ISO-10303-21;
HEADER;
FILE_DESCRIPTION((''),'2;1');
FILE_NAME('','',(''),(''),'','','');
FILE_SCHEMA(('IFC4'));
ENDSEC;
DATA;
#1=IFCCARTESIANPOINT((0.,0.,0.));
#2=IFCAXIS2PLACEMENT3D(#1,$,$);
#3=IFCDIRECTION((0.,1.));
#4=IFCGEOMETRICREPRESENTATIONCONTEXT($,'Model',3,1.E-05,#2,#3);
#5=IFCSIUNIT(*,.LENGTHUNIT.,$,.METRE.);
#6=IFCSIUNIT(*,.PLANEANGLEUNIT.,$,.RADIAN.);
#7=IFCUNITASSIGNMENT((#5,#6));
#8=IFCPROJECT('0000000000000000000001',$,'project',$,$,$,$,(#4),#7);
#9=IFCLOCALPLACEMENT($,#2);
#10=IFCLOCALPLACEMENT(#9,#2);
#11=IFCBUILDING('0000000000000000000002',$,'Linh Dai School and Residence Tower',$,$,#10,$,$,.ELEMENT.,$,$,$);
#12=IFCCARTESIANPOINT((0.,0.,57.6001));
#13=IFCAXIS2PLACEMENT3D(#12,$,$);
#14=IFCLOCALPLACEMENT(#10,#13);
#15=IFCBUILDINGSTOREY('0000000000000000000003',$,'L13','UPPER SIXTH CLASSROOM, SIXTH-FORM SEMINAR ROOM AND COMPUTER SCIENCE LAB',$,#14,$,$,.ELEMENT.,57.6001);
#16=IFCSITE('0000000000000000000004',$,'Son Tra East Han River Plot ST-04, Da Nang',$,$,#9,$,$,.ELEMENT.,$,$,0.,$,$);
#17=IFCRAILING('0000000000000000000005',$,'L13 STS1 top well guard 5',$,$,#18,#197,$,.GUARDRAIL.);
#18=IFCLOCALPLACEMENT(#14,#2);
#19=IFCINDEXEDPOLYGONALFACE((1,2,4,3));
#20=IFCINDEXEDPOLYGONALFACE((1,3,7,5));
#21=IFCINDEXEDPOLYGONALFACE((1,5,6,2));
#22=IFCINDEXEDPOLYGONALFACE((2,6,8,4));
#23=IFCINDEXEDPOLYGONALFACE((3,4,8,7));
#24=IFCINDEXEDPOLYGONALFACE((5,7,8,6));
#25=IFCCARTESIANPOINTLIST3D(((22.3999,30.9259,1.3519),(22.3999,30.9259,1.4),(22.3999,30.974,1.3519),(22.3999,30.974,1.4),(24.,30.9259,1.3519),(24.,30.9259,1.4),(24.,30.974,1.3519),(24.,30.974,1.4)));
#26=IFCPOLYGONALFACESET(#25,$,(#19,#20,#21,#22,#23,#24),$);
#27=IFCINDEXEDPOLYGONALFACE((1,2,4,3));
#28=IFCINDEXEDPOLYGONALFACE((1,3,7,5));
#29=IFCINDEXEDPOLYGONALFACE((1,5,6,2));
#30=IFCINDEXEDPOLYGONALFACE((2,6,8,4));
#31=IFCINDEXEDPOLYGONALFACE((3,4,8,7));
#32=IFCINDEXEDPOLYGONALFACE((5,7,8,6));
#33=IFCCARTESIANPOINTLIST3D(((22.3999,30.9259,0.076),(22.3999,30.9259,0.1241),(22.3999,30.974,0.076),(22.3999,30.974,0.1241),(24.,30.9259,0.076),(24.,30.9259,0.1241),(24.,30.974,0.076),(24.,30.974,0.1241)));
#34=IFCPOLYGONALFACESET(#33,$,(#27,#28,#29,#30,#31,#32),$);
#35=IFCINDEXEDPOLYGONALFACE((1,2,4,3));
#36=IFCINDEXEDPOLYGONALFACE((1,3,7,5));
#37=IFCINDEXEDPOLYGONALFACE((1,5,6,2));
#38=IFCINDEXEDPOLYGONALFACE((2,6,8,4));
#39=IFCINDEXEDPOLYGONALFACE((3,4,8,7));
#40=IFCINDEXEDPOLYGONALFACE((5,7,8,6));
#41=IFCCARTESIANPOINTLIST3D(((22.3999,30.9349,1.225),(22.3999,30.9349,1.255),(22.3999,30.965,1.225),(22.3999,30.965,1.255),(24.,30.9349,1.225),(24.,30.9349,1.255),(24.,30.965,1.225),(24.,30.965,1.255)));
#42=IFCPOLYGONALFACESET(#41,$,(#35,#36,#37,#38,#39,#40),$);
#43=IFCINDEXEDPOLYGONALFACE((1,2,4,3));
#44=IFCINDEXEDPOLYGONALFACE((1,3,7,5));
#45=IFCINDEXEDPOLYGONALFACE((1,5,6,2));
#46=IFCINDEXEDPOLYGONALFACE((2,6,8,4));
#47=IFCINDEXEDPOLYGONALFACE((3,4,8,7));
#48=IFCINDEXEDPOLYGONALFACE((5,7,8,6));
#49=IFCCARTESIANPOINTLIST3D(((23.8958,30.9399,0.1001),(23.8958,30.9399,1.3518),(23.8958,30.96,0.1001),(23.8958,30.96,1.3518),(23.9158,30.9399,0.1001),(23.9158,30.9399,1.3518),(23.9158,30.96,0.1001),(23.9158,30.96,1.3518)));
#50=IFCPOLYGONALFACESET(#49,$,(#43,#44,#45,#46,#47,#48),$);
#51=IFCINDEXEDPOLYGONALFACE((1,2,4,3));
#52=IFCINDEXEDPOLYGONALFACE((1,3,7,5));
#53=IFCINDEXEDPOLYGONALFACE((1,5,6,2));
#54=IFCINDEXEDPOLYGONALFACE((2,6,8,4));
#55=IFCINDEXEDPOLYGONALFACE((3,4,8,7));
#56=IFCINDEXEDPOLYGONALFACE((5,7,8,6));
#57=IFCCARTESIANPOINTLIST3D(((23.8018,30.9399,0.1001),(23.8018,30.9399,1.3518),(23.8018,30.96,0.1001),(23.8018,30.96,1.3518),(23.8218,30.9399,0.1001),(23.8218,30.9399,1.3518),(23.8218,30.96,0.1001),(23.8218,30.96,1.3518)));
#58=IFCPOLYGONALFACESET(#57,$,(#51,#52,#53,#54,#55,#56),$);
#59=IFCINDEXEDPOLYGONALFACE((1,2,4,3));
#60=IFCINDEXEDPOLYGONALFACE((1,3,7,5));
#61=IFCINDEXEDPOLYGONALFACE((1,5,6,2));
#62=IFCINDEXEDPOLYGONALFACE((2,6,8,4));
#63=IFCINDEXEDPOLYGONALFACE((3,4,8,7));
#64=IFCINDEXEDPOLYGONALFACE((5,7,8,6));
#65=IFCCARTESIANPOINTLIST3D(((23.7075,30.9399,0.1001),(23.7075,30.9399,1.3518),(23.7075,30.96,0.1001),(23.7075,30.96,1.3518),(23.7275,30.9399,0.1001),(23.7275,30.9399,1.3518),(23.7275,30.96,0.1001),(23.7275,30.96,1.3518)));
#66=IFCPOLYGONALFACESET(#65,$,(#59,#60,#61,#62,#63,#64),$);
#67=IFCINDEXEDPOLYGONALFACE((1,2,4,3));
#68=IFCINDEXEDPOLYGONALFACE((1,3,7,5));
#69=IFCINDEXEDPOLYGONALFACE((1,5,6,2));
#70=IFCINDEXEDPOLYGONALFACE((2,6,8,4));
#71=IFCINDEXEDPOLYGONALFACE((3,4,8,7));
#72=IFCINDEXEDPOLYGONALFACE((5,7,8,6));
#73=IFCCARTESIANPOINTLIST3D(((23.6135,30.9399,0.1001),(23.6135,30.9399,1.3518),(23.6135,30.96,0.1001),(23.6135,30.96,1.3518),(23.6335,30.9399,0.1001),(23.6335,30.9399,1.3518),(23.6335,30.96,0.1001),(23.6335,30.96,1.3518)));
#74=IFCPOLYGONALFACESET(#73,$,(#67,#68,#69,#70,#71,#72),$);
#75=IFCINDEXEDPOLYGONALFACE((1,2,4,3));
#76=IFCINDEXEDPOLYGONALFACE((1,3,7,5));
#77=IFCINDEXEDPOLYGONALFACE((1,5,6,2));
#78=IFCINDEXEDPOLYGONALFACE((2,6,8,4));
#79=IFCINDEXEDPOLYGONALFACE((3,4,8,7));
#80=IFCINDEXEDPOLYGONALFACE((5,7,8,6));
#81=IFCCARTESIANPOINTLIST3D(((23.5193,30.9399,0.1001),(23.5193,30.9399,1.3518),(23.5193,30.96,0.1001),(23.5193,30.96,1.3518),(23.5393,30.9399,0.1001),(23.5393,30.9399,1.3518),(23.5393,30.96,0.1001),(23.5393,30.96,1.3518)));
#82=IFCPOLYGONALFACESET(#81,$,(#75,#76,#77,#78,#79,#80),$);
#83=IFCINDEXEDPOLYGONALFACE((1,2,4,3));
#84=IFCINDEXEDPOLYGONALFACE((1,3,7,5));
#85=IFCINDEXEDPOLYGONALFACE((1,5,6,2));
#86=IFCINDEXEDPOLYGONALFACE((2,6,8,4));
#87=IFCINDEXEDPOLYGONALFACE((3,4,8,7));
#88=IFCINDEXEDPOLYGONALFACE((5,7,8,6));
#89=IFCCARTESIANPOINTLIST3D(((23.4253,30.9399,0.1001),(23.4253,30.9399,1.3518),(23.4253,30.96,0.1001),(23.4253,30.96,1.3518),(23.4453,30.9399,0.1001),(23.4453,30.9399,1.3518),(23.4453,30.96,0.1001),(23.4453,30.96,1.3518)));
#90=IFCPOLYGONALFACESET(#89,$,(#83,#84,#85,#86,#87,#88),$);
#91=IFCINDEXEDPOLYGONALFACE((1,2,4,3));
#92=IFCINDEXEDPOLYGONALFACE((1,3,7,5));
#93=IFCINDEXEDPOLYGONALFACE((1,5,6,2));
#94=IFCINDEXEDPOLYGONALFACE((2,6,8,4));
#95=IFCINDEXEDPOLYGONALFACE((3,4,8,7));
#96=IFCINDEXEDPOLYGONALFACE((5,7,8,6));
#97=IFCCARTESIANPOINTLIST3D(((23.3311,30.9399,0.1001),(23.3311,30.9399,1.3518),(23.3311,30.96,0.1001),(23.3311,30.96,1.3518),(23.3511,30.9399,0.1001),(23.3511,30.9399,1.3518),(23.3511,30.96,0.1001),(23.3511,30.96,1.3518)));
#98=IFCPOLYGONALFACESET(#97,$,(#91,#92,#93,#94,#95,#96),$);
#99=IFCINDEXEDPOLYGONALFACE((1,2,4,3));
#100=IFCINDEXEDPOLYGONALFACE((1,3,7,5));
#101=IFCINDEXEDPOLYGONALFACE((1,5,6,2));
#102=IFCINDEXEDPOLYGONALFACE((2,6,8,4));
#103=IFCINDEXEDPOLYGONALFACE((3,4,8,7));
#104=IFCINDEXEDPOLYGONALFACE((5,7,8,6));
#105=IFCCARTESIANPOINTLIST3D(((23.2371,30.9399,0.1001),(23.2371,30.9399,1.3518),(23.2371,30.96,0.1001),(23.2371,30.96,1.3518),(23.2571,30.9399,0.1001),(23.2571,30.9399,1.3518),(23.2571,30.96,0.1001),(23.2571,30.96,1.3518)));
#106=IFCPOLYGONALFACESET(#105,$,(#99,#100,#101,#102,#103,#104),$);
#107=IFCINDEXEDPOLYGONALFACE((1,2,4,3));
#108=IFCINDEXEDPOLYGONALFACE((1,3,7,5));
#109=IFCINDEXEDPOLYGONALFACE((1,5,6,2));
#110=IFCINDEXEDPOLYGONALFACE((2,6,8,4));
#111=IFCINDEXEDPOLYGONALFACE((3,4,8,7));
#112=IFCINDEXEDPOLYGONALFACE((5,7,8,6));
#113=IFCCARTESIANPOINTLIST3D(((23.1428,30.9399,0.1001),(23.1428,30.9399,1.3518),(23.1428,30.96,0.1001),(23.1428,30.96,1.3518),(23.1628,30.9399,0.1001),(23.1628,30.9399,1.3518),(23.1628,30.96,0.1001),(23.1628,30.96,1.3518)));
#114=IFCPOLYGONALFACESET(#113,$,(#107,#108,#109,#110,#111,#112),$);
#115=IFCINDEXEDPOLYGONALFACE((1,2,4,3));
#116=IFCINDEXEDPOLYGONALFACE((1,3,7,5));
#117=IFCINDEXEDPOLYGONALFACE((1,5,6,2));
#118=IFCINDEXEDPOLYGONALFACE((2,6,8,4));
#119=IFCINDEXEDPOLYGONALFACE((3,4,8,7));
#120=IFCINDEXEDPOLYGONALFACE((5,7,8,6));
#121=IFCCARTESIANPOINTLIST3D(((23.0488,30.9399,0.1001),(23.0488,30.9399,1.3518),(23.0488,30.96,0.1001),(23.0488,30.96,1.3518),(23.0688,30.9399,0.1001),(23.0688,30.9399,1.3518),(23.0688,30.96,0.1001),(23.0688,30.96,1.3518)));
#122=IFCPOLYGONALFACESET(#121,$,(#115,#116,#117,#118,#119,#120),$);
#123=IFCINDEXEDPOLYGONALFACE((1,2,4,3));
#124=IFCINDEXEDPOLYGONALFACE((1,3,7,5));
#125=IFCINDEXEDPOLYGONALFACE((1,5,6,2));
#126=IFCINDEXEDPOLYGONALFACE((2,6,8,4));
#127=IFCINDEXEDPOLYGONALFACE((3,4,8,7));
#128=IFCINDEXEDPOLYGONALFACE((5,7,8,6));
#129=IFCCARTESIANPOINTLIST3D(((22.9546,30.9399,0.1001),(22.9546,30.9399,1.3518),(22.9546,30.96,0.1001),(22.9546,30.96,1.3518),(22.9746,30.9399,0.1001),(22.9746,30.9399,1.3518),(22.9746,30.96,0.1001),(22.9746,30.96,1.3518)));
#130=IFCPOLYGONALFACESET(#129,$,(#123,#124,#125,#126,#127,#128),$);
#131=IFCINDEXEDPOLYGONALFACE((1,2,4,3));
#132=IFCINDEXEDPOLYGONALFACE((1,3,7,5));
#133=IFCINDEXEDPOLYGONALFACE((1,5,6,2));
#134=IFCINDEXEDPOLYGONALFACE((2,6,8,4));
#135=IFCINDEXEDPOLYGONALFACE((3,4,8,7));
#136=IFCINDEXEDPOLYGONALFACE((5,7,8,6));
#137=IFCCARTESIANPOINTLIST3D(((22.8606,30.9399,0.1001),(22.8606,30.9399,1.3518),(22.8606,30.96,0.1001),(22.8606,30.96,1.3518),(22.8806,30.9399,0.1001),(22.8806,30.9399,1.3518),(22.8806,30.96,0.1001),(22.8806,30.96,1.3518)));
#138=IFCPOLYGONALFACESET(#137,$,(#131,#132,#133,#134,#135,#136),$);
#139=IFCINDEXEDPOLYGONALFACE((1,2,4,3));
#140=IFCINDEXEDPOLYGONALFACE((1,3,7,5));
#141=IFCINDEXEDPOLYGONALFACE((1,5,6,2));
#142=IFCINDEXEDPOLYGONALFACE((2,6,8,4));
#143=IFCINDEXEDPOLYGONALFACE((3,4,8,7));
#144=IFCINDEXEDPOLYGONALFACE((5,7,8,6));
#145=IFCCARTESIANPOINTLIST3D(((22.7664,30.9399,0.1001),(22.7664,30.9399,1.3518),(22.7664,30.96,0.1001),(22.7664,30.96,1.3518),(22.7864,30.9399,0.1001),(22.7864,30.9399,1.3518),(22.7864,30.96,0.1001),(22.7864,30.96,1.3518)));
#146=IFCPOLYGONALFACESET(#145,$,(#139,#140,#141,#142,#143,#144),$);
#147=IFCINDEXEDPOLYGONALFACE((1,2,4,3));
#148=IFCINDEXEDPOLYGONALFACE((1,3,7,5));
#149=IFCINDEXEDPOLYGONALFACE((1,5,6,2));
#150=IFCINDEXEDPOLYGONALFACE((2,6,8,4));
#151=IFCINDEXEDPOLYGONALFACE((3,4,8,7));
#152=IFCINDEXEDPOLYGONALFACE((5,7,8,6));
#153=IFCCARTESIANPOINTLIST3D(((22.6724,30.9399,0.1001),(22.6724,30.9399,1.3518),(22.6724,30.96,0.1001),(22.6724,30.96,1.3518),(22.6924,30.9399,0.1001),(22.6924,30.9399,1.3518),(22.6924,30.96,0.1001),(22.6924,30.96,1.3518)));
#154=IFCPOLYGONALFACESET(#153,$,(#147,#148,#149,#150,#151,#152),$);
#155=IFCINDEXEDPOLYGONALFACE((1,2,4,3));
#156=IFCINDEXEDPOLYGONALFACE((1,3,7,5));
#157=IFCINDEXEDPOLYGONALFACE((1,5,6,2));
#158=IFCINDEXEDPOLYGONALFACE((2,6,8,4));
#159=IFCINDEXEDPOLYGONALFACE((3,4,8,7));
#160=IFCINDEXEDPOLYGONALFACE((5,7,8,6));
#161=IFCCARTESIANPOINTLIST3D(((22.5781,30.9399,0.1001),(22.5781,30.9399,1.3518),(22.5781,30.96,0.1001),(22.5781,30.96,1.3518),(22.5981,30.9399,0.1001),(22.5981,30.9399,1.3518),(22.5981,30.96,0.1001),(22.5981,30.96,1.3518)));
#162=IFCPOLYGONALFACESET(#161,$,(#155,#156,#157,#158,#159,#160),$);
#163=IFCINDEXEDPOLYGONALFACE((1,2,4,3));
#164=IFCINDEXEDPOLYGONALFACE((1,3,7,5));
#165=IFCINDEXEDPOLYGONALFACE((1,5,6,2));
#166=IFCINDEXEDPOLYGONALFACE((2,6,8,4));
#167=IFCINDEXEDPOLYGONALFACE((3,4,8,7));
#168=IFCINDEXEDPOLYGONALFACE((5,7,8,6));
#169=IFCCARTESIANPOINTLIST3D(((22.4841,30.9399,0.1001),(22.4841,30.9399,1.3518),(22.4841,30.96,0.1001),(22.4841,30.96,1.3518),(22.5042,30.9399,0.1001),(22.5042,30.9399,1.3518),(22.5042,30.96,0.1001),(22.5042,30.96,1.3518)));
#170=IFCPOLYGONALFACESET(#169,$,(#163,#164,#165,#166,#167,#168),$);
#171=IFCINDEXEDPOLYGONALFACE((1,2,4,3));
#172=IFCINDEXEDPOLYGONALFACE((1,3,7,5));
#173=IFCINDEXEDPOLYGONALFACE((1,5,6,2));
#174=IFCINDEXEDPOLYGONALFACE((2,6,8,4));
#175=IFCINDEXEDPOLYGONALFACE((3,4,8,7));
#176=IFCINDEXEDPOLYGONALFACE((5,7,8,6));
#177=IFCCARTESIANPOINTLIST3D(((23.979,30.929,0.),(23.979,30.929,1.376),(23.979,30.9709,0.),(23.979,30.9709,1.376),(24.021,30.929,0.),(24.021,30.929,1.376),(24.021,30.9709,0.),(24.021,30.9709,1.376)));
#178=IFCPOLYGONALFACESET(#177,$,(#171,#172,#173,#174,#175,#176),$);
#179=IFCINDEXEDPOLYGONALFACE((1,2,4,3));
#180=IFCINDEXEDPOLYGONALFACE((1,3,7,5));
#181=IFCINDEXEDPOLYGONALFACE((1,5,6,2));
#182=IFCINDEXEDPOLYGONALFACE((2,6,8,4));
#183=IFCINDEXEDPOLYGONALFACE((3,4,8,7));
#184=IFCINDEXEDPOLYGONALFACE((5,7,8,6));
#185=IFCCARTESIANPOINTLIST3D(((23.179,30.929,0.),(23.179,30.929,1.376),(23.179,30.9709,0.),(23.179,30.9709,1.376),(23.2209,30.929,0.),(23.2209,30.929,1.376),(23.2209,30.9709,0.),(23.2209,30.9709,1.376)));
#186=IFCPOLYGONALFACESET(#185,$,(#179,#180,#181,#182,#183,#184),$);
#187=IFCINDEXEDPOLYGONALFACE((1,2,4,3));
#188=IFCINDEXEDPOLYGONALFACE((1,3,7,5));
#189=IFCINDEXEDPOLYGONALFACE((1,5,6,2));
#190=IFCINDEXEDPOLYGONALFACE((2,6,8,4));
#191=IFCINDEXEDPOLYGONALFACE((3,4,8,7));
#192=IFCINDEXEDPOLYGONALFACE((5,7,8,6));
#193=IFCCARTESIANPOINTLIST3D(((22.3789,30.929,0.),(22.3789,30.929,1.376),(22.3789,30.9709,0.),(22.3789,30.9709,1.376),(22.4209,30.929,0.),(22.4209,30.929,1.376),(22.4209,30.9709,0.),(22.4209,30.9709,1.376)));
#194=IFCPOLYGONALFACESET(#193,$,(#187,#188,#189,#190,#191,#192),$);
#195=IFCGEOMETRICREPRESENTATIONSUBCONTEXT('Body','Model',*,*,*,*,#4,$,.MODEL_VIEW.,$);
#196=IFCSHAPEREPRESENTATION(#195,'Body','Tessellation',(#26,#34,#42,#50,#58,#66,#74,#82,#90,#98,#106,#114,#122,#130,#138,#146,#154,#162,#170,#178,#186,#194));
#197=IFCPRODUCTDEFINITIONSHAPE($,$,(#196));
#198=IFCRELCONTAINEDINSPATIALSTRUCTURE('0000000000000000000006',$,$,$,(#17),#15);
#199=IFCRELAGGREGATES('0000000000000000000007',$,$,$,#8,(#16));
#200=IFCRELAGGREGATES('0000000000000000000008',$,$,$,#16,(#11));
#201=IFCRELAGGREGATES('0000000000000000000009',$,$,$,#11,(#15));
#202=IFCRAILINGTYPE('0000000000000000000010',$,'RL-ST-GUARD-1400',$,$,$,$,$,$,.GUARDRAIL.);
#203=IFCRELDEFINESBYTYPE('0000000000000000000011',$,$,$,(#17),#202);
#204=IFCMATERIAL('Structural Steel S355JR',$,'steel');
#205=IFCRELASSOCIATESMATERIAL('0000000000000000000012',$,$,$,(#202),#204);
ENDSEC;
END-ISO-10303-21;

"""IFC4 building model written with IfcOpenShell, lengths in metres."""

from ifc_helpers import new_model, si_unit, direction, frame, origin, origin_2d, place, context, subcontext, project, spatial, rectangle, extrude, source, transform, mapped, material, type_object, element, save


model = new_model("IFC4")

# Units and contexts
model_context = context("Model", 3, precision=1e-05, world=origin(), true_north=direction((0.0, 1.0)))
body_context = subcontext(model_context, "Body", "Model", "MODEL_VIEW")
ifc_project = project(units=[si_unit("LENGTHUNIT", "METRE"), si_unit("PLANEANGLEUNIT", "RADIAN")], contexts=[model_context])

# Site, building, storey
site_placement = place(None, origin())
site = spatial("IfcSite", under=ifc_project, at=site_placement, Name="Son Tra East Han River Plot ST-04, Da Nang", CompositionType="ELEMENT", RefElevation=0.0)
building_placement = place(site_placement, origin())
building = spatial("IfcBuilding", under=site, at=building_placement, Name="Linh Dai School and Residence Tower", CompositionType="ELEMENT")
storey_placement = place(building_placement, frame((0.0, 0.0, 57.6001)))
storey = spatial("IfcBuildingStorey", under=building, at=storey_placement, Name="L13", Description="UPPER SIXTH CLASSROOM, SIXTH-FORM SEMINAR ROOM AND COMPUTER SCIENCE LAB", CompositionType="ELEMENT", Elevation=57.6001)

# Shared definitions
ifc_material_1 = material(Name="Structural Steel S355JR", Category="steel")

# Railing
railing_type = type_object("IfcRailingType", Name="RL-ST-GUARD-1400", PredefinedType="GUARDRAIL", material=ifc_material_1)
shared_shape_1 = source(origin(), body_context, "Body", "SweptSolid", [
    extrude(rectangle(XDim=0.0481, YDim=0.0481, at=origin_2d()), frame((0.0, 0.0, 1.376), z_axis=(-1.0, 0.0, 0.0), x_axis=(0.0, -1.0, 0.0)), (0.0, 0.0, 1.0), 1.6001),
    extrude(rectangle(XDim=0.0481, YDim=0.0481, at=origin_2d()), frame((0.0, 0.0, 0.1001), z_axis=(-1.0, 0.0, 0.0), x_axis=(0.0, -1.0, 0.0)), (0.0, 0.0, 1.0), 1.6001),
    extrude(rectangle(XDim=0.03, YDim=0.03, at=origin_2d()), frame((0.0, 0.0, 1.24), z_axis=(-1.0, 0.0, 0.0), x_axis=(0.0, -1.0, 0.0)), (0.0, 0.0, 1.0), 1.6001),
    extrude(rectangle(XDim=0.02, YDim=0.02, at=origin_2d()), frame((-0.0942, 0.0, 0.1001)), (0.0, 0.0, 1.0), 1.2517),
    extrude(rectangle(XDim=0.02, YDim=0.02, at=origin_2d()), frame((-0.1882, 0.0, 0.1001)), (0.0, 0.0, 1.0), 1.2517),
    extrude(rectangle(XDim=0.02, YDim=0.02, at=origin_2d()), frame((-0.2825, 0.0, 0.1001)), (0.0, 0.0, 1.0), 1.2517),
    extrude(rectangle(XDim=0.02, YDim=0.02, at=origin_2d()), frame((-0.3765, 0.0, 0.1001)), (0.0, 0.0, 1.0), 1.2517),
    extrude(rectangle(XDim=0.02, YDim=0.02, at=origin_2d()), frame((-0.4707, 0.0, 0.1001)), (0.0, 0.0, 1.0), 1.2517),
    extrude(rectangle(XDim=0.02, YDim=0.02, at=origin_2d()), frame((-0.5647, 0.0, 0.1001)), (0.0, 0.0, 1.0), 1.2517),
    extrude(rectangle(XDim=0.02, YDim=0.02, at=origin_2d()), frame((-0.6589, 0.0, 0.1001)), (0.0, 0.0, 1.0), 1.2517),
    extrude(rectangle(XDim=0.02, YDim=0.02, at=origin_2d()), frame((-0.7529, 0.0, 0.1001)), (0.0, 0.0, 1.0), 1.2517),
    extrude(rectangle(XDim=0.02, YDim=0.02, at=origin_2d()), frame((-0.8472, 0.0, 0.1001)), (0.0, 0.0, 1.0), 1.2517),
    extrude(rectangle(XDim=0.02, YDim=0.02, at=origin_2d()), frame((-0.9412, 0.0, 0.1001)), (0.0, 0.0, 1.0), 1.2517),
    extrude(rectangle(XDim=0.02, YDim=0.02, at=origin_2d()), frame((-1.0354, 0.0, 0.1001)), (0.0, 0.0, 1.0), 1.2517),
    extrude(rectangle(XDim=0.02, YDim=0.02, at=origin_2d()), frame((-1.1294, 0.0, 0.1001)), (0.0, 0.0, 1.0), 1.2517),
    extrude(rectangle(XDim=0.02, YDim=0.02, at=origin_2d()), frame((-1.2236, 0.0, 0.1001)), (0.0, 0.0, 1.0), 1.2517),
    extrude(rectangle(XDim=0.02, YDim=0.02, at=origin_2d()), frame((-1.3176, 0.0, 0.1001)), (0.0, 0.0, 1.0), 1.2517),
    extrude(rectangle(XDim=0.02, YDim=0.02, at=origin_2d()), frame((-1.4119, 0.0, 0.1001)), (0.0, 0.0, 1.0), 1.2517),
    extrude(rectangle(XDim=0.02, YDim=0.02, at=origin_2d()), frame((-1.5059, 0.0, 0.1001)), (0.0, 0.0, 1.0), 1.2517),
    extrude(rectangle(XDim=0.042, YDim=0.042, at=origin_2d()), origin(), (0.0, 0.0, 1.0), 1.376),
    extrude(rectangle(XDim=0.042, YDim=0.042, at=origin_2d()), frame((-0.8, 0.0, 0.0)), (0.0, 0.0, 1.0), 1.376),
    extrude(rectangle(XDim=0.042, YDim=0.042, at=origin_2d()), frame((-1.6001, 0.0, 0.0)), (0.0, 0.0, 1.0), 1.376),
])
for number, where, name in (
    (1, (24.0, 30.95, 0.0), "L13 STS1 top well guard 5"),
):
    element("IfcRailing", number, at=place(storey_placement, frame(where)), inside=storey, type_object=railing_type, Name=name, PredefinedType="GUARDRAIL", context=body_context, shape_type="MappedRepresentation", body=[
        mapped(shared_shape_1, transform((0.0, 0.0, 0.0), x_axis=(1.0, 0.0, 0.0), y_axis=(0.0, 1.0, 0.0), z_axis=(0.0, 0.0, 1.0), scale=1.0)),
    ])

save(model, "model.ifc")
